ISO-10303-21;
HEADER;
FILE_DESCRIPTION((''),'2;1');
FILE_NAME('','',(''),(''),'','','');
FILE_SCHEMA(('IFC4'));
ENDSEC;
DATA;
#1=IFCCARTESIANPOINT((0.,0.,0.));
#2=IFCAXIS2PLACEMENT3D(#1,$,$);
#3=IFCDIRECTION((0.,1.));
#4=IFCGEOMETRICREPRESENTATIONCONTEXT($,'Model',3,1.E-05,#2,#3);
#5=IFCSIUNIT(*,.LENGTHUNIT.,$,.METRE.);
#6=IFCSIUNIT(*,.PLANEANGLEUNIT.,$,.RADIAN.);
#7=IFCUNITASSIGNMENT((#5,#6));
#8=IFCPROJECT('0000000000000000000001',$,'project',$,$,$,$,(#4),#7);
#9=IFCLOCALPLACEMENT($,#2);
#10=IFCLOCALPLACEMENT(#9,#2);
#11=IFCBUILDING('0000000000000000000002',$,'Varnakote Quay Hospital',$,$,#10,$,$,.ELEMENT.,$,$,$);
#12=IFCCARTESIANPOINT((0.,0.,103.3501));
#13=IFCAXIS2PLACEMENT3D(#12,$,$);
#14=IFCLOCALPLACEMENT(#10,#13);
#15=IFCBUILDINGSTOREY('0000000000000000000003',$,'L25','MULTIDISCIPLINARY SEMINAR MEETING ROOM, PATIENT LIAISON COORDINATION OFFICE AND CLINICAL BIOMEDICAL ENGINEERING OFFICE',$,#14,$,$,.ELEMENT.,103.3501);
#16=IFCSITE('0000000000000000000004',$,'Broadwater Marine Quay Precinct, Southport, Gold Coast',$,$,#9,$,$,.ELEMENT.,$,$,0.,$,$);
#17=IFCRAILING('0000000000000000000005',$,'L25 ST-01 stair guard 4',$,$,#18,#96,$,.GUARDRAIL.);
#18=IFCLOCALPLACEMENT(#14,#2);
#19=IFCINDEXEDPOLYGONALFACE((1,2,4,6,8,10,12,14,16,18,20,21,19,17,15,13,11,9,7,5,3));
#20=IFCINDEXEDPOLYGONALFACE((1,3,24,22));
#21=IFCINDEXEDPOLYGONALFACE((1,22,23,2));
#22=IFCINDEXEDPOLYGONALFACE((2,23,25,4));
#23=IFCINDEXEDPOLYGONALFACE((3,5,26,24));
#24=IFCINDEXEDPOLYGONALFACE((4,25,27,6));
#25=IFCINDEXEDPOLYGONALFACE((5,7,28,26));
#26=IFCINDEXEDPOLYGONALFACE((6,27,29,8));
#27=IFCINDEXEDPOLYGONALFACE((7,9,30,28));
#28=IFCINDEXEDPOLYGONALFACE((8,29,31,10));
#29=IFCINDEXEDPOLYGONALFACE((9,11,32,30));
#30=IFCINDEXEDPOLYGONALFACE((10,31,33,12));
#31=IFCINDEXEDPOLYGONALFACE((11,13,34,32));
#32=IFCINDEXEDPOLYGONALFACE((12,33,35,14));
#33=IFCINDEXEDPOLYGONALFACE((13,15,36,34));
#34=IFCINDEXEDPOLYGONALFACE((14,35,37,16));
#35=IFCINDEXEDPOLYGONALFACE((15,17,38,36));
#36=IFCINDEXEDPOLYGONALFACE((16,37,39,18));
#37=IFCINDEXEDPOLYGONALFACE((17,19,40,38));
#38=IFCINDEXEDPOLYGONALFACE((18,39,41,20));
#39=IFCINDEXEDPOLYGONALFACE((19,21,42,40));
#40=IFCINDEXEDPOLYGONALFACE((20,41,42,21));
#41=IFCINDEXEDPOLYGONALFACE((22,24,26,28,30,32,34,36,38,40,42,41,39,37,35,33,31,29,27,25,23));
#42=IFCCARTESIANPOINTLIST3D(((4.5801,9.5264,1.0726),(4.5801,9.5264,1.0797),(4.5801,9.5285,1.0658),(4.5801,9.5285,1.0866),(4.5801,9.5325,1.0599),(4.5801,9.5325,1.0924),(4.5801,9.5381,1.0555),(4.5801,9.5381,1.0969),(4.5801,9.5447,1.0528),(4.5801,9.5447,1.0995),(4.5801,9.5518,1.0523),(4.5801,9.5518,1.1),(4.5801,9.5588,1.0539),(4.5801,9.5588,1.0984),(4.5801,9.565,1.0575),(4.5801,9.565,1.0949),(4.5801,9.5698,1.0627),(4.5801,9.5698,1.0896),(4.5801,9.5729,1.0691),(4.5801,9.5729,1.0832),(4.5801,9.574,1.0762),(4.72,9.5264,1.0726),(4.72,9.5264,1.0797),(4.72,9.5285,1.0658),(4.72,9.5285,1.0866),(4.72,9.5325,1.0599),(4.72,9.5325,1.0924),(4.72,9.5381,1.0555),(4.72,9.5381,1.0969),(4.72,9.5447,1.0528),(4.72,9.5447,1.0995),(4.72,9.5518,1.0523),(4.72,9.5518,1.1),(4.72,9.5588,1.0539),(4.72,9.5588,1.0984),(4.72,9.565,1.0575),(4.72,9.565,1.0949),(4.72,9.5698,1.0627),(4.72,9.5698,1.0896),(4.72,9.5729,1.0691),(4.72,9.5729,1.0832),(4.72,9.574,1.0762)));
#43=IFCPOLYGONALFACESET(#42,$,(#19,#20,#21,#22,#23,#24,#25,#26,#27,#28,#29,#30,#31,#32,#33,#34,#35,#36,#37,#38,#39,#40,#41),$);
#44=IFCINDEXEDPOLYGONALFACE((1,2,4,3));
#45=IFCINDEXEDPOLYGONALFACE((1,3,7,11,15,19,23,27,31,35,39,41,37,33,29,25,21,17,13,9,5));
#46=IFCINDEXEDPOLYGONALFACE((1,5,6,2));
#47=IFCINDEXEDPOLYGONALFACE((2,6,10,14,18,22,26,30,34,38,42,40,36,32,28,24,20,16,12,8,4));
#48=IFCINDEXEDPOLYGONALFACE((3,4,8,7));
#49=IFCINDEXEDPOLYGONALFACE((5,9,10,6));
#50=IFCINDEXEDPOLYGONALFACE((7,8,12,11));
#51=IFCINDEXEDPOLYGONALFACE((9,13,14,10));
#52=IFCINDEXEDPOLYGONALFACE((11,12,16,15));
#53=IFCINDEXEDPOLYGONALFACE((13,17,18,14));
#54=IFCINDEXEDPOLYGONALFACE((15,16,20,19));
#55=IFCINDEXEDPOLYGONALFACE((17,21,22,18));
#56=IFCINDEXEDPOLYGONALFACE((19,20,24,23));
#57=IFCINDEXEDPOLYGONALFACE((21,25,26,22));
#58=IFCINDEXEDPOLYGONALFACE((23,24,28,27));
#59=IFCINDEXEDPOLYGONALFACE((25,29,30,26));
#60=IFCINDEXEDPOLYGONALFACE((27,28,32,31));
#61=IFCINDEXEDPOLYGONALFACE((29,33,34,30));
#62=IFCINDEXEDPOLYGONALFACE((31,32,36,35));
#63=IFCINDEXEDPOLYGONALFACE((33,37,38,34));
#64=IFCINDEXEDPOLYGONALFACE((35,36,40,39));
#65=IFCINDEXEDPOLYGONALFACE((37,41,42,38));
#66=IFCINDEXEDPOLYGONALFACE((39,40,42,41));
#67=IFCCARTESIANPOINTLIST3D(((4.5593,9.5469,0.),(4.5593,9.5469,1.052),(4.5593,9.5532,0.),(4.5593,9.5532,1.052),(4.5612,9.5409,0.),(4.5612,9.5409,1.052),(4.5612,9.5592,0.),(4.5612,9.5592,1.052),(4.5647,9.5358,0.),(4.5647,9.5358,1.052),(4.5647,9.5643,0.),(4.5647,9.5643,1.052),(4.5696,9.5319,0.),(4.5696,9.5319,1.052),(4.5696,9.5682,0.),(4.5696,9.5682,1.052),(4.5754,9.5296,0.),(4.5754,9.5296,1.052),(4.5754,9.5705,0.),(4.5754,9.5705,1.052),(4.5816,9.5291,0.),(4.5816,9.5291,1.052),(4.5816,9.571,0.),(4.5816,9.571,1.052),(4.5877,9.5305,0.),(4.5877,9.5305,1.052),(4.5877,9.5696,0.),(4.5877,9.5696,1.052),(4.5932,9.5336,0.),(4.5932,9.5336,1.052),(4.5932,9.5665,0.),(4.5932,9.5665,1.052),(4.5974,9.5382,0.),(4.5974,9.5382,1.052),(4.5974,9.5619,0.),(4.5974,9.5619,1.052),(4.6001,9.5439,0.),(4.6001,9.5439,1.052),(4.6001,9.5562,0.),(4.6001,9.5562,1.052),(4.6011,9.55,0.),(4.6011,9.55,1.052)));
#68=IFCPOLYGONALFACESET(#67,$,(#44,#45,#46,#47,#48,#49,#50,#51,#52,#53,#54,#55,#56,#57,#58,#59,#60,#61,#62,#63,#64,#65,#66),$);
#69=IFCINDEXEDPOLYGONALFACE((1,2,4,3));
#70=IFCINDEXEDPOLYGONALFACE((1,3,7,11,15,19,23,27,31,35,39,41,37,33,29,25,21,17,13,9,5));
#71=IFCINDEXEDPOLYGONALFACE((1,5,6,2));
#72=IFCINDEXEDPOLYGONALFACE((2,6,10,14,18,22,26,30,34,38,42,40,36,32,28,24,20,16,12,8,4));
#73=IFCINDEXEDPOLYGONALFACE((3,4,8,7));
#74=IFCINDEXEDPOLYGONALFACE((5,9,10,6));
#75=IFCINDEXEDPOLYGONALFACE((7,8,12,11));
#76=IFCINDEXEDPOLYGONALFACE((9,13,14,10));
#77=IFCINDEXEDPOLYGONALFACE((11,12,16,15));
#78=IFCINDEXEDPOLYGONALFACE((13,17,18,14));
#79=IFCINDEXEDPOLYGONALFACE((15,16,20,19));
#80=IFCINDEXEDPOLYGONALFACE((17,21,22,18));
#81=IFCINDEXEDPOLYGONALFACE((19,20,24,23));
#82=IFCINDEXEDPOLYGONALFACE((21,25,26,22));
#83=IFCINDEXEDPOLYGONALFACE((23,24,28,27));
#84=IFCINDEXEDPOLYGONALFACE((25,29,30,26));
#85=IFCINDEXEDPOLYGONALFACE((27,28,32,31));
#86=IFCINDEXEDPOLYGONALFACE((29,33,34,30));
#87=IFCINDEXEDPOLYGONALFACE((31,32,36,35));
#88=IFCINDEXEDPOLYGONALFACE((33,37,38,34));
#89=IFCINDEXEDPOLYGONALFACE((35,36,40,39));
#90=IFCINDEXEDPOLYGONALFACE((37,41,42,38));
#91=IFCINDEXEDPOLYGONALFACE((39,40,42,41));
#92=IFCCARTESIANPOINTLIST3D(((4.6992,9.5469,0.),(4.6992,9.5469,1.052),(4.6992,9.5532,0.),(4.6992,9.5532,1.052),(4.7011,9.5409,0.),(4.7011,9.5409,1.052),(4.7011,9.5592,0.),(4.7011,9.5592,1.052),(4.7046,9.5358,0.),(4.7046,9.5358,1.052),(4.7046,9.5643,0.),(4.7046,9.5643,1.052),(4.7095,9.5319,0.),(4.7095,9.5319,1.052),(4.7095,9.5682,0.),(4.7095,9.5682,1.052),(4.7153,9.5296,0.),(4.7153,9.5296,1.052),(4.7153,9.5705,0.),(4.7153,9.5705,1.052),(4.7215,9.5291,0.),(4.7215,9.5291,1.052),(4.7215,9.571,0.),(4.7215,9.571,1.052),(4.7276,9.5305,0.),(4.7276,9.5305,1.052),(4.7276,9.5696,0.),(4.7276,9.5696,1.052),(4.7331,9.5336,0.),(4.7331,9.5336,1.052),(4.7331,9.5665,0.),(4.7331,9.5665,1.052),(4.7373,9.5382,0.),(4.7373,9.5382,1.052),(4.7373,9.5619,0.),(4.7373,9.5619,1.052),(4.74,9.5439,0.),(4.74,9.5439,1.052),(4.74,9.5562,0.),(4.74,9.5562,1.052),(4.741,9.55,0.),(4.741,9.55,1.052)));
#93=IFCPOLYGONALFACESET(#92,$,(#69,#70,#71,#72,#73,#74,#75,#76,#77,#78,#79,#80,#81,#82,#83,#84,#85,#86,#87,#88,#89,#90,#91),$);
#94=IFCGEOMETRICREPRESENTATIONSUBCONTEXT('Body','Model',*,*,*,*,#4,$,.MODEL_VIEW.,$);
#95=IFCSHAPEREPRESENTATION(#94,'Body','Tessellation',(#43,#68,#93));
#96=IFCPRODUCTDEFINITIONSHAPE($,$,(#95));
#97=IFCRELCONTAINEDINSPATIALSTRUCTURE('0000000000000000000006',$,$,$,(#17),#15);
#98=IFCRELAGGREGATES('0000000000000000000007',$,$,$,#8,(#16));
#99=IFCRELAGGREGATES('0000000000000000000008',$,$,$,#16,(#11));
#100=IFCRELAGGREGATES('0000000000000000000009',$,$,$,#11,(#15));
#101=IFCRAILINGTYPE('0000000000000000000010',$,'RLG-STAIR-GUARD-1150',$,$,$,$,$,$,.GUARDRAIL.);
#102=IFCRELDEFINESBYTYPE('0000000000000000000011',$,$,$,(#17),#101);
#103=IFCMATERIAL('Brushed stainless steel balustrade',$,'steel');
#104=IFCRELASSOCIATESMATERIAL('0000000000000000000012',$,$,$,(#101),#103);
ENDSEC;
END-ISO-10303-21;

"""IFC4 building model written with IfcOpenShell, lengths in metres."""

from ifc_helpers import new_model, si_unit, direction, frame, origin, origin_2d, place, context, subcontext, project, spatial, circle, extrude, material, type_object, element, save


model = new_model("IFC4")

# Units and contexts
model_context = context("Model", 3, precision=1e-05, world=origin(), true_north=direction((0.0, 1.0)))
body_context = subcontext(model_context, "Body", "Model", "MODEL_VIEW")
ifc_project = project(units=[si_unit("LENGTHUNIT", "METRE"), si_unit("PLANEANGLEUNIT", "RADIAN")], contexts=[model_context])

# Site, building, storey
site_placement = place(None, origin())
site = spatial("IfcSite", under=ifc_project, at=site_placement, Name="Broadwater Marine Quay Precinct, Southport, Gold Coast", CompositionType="ELEMENT", RefElevation=0.0)
building_placement = place(site_placement, origin())
building = spatial("IfcBuilding", under=site, at=building_placement, Name="Varnakote Quay Hospital", CompositionType="ELEMENT")
storey_placement = place(building_placement, frame((0.0, 0.0, 103.3501)))
storey = spatial("IfcBuildingStorey", under=building, at=storey_placement, Name="L25", Description="MULTIDISCIPLINARY SEMINAR MEETING ROOM, PATIENT LIAISON COORDINATION OFFICE AND CLINICAL BIOMEDICAL ENGINEERING OFFICE", CompositionType="ELEMENT", Elevation=103.3501)

# Railing
ifc_material_1 = material(Name="Brushed stainless steel balustrade", Category="steel")
railing_type_1 = type_object("IfcRailingType", Name="RLG-STAIR-GUARD-1150", PredefinedType="GUARDRAIL", material=ifc_material_1)
railing_1_placement = place(storey_placement, frame((4.5801, 9.55, 0.0)))
element("IfcRailing", 1, at=railing_1_placement, inside=storey, type_object=railing_type_1, Name="L25 ST-01 stair guard 4", PredefinedType="GUARDRAIL", context=body_context, shape_type="SweptSolid", body=[
    extrude(circle(Radius=0.0239, at=origin_2d()), frame((0.0, 0.0, 1.0762), z_axis=(1.0, 0.0, 0.0), x_axis=(0.0, 1.0, 0.0)), (0.0, 0.0, 1.0), 0.1399),
    extrude(circle(Radius=0.021, at=origin_2d()), origin(), (0.0, 0.0, 1.0), 1.052),
    extrude(circle(Radius=0.021, at=origin_2d()), frame((0.1399, 0.0, 0.0)), (0.0, 0.0, 1.0), 1.052),
])

save(model, "model.ifc")
